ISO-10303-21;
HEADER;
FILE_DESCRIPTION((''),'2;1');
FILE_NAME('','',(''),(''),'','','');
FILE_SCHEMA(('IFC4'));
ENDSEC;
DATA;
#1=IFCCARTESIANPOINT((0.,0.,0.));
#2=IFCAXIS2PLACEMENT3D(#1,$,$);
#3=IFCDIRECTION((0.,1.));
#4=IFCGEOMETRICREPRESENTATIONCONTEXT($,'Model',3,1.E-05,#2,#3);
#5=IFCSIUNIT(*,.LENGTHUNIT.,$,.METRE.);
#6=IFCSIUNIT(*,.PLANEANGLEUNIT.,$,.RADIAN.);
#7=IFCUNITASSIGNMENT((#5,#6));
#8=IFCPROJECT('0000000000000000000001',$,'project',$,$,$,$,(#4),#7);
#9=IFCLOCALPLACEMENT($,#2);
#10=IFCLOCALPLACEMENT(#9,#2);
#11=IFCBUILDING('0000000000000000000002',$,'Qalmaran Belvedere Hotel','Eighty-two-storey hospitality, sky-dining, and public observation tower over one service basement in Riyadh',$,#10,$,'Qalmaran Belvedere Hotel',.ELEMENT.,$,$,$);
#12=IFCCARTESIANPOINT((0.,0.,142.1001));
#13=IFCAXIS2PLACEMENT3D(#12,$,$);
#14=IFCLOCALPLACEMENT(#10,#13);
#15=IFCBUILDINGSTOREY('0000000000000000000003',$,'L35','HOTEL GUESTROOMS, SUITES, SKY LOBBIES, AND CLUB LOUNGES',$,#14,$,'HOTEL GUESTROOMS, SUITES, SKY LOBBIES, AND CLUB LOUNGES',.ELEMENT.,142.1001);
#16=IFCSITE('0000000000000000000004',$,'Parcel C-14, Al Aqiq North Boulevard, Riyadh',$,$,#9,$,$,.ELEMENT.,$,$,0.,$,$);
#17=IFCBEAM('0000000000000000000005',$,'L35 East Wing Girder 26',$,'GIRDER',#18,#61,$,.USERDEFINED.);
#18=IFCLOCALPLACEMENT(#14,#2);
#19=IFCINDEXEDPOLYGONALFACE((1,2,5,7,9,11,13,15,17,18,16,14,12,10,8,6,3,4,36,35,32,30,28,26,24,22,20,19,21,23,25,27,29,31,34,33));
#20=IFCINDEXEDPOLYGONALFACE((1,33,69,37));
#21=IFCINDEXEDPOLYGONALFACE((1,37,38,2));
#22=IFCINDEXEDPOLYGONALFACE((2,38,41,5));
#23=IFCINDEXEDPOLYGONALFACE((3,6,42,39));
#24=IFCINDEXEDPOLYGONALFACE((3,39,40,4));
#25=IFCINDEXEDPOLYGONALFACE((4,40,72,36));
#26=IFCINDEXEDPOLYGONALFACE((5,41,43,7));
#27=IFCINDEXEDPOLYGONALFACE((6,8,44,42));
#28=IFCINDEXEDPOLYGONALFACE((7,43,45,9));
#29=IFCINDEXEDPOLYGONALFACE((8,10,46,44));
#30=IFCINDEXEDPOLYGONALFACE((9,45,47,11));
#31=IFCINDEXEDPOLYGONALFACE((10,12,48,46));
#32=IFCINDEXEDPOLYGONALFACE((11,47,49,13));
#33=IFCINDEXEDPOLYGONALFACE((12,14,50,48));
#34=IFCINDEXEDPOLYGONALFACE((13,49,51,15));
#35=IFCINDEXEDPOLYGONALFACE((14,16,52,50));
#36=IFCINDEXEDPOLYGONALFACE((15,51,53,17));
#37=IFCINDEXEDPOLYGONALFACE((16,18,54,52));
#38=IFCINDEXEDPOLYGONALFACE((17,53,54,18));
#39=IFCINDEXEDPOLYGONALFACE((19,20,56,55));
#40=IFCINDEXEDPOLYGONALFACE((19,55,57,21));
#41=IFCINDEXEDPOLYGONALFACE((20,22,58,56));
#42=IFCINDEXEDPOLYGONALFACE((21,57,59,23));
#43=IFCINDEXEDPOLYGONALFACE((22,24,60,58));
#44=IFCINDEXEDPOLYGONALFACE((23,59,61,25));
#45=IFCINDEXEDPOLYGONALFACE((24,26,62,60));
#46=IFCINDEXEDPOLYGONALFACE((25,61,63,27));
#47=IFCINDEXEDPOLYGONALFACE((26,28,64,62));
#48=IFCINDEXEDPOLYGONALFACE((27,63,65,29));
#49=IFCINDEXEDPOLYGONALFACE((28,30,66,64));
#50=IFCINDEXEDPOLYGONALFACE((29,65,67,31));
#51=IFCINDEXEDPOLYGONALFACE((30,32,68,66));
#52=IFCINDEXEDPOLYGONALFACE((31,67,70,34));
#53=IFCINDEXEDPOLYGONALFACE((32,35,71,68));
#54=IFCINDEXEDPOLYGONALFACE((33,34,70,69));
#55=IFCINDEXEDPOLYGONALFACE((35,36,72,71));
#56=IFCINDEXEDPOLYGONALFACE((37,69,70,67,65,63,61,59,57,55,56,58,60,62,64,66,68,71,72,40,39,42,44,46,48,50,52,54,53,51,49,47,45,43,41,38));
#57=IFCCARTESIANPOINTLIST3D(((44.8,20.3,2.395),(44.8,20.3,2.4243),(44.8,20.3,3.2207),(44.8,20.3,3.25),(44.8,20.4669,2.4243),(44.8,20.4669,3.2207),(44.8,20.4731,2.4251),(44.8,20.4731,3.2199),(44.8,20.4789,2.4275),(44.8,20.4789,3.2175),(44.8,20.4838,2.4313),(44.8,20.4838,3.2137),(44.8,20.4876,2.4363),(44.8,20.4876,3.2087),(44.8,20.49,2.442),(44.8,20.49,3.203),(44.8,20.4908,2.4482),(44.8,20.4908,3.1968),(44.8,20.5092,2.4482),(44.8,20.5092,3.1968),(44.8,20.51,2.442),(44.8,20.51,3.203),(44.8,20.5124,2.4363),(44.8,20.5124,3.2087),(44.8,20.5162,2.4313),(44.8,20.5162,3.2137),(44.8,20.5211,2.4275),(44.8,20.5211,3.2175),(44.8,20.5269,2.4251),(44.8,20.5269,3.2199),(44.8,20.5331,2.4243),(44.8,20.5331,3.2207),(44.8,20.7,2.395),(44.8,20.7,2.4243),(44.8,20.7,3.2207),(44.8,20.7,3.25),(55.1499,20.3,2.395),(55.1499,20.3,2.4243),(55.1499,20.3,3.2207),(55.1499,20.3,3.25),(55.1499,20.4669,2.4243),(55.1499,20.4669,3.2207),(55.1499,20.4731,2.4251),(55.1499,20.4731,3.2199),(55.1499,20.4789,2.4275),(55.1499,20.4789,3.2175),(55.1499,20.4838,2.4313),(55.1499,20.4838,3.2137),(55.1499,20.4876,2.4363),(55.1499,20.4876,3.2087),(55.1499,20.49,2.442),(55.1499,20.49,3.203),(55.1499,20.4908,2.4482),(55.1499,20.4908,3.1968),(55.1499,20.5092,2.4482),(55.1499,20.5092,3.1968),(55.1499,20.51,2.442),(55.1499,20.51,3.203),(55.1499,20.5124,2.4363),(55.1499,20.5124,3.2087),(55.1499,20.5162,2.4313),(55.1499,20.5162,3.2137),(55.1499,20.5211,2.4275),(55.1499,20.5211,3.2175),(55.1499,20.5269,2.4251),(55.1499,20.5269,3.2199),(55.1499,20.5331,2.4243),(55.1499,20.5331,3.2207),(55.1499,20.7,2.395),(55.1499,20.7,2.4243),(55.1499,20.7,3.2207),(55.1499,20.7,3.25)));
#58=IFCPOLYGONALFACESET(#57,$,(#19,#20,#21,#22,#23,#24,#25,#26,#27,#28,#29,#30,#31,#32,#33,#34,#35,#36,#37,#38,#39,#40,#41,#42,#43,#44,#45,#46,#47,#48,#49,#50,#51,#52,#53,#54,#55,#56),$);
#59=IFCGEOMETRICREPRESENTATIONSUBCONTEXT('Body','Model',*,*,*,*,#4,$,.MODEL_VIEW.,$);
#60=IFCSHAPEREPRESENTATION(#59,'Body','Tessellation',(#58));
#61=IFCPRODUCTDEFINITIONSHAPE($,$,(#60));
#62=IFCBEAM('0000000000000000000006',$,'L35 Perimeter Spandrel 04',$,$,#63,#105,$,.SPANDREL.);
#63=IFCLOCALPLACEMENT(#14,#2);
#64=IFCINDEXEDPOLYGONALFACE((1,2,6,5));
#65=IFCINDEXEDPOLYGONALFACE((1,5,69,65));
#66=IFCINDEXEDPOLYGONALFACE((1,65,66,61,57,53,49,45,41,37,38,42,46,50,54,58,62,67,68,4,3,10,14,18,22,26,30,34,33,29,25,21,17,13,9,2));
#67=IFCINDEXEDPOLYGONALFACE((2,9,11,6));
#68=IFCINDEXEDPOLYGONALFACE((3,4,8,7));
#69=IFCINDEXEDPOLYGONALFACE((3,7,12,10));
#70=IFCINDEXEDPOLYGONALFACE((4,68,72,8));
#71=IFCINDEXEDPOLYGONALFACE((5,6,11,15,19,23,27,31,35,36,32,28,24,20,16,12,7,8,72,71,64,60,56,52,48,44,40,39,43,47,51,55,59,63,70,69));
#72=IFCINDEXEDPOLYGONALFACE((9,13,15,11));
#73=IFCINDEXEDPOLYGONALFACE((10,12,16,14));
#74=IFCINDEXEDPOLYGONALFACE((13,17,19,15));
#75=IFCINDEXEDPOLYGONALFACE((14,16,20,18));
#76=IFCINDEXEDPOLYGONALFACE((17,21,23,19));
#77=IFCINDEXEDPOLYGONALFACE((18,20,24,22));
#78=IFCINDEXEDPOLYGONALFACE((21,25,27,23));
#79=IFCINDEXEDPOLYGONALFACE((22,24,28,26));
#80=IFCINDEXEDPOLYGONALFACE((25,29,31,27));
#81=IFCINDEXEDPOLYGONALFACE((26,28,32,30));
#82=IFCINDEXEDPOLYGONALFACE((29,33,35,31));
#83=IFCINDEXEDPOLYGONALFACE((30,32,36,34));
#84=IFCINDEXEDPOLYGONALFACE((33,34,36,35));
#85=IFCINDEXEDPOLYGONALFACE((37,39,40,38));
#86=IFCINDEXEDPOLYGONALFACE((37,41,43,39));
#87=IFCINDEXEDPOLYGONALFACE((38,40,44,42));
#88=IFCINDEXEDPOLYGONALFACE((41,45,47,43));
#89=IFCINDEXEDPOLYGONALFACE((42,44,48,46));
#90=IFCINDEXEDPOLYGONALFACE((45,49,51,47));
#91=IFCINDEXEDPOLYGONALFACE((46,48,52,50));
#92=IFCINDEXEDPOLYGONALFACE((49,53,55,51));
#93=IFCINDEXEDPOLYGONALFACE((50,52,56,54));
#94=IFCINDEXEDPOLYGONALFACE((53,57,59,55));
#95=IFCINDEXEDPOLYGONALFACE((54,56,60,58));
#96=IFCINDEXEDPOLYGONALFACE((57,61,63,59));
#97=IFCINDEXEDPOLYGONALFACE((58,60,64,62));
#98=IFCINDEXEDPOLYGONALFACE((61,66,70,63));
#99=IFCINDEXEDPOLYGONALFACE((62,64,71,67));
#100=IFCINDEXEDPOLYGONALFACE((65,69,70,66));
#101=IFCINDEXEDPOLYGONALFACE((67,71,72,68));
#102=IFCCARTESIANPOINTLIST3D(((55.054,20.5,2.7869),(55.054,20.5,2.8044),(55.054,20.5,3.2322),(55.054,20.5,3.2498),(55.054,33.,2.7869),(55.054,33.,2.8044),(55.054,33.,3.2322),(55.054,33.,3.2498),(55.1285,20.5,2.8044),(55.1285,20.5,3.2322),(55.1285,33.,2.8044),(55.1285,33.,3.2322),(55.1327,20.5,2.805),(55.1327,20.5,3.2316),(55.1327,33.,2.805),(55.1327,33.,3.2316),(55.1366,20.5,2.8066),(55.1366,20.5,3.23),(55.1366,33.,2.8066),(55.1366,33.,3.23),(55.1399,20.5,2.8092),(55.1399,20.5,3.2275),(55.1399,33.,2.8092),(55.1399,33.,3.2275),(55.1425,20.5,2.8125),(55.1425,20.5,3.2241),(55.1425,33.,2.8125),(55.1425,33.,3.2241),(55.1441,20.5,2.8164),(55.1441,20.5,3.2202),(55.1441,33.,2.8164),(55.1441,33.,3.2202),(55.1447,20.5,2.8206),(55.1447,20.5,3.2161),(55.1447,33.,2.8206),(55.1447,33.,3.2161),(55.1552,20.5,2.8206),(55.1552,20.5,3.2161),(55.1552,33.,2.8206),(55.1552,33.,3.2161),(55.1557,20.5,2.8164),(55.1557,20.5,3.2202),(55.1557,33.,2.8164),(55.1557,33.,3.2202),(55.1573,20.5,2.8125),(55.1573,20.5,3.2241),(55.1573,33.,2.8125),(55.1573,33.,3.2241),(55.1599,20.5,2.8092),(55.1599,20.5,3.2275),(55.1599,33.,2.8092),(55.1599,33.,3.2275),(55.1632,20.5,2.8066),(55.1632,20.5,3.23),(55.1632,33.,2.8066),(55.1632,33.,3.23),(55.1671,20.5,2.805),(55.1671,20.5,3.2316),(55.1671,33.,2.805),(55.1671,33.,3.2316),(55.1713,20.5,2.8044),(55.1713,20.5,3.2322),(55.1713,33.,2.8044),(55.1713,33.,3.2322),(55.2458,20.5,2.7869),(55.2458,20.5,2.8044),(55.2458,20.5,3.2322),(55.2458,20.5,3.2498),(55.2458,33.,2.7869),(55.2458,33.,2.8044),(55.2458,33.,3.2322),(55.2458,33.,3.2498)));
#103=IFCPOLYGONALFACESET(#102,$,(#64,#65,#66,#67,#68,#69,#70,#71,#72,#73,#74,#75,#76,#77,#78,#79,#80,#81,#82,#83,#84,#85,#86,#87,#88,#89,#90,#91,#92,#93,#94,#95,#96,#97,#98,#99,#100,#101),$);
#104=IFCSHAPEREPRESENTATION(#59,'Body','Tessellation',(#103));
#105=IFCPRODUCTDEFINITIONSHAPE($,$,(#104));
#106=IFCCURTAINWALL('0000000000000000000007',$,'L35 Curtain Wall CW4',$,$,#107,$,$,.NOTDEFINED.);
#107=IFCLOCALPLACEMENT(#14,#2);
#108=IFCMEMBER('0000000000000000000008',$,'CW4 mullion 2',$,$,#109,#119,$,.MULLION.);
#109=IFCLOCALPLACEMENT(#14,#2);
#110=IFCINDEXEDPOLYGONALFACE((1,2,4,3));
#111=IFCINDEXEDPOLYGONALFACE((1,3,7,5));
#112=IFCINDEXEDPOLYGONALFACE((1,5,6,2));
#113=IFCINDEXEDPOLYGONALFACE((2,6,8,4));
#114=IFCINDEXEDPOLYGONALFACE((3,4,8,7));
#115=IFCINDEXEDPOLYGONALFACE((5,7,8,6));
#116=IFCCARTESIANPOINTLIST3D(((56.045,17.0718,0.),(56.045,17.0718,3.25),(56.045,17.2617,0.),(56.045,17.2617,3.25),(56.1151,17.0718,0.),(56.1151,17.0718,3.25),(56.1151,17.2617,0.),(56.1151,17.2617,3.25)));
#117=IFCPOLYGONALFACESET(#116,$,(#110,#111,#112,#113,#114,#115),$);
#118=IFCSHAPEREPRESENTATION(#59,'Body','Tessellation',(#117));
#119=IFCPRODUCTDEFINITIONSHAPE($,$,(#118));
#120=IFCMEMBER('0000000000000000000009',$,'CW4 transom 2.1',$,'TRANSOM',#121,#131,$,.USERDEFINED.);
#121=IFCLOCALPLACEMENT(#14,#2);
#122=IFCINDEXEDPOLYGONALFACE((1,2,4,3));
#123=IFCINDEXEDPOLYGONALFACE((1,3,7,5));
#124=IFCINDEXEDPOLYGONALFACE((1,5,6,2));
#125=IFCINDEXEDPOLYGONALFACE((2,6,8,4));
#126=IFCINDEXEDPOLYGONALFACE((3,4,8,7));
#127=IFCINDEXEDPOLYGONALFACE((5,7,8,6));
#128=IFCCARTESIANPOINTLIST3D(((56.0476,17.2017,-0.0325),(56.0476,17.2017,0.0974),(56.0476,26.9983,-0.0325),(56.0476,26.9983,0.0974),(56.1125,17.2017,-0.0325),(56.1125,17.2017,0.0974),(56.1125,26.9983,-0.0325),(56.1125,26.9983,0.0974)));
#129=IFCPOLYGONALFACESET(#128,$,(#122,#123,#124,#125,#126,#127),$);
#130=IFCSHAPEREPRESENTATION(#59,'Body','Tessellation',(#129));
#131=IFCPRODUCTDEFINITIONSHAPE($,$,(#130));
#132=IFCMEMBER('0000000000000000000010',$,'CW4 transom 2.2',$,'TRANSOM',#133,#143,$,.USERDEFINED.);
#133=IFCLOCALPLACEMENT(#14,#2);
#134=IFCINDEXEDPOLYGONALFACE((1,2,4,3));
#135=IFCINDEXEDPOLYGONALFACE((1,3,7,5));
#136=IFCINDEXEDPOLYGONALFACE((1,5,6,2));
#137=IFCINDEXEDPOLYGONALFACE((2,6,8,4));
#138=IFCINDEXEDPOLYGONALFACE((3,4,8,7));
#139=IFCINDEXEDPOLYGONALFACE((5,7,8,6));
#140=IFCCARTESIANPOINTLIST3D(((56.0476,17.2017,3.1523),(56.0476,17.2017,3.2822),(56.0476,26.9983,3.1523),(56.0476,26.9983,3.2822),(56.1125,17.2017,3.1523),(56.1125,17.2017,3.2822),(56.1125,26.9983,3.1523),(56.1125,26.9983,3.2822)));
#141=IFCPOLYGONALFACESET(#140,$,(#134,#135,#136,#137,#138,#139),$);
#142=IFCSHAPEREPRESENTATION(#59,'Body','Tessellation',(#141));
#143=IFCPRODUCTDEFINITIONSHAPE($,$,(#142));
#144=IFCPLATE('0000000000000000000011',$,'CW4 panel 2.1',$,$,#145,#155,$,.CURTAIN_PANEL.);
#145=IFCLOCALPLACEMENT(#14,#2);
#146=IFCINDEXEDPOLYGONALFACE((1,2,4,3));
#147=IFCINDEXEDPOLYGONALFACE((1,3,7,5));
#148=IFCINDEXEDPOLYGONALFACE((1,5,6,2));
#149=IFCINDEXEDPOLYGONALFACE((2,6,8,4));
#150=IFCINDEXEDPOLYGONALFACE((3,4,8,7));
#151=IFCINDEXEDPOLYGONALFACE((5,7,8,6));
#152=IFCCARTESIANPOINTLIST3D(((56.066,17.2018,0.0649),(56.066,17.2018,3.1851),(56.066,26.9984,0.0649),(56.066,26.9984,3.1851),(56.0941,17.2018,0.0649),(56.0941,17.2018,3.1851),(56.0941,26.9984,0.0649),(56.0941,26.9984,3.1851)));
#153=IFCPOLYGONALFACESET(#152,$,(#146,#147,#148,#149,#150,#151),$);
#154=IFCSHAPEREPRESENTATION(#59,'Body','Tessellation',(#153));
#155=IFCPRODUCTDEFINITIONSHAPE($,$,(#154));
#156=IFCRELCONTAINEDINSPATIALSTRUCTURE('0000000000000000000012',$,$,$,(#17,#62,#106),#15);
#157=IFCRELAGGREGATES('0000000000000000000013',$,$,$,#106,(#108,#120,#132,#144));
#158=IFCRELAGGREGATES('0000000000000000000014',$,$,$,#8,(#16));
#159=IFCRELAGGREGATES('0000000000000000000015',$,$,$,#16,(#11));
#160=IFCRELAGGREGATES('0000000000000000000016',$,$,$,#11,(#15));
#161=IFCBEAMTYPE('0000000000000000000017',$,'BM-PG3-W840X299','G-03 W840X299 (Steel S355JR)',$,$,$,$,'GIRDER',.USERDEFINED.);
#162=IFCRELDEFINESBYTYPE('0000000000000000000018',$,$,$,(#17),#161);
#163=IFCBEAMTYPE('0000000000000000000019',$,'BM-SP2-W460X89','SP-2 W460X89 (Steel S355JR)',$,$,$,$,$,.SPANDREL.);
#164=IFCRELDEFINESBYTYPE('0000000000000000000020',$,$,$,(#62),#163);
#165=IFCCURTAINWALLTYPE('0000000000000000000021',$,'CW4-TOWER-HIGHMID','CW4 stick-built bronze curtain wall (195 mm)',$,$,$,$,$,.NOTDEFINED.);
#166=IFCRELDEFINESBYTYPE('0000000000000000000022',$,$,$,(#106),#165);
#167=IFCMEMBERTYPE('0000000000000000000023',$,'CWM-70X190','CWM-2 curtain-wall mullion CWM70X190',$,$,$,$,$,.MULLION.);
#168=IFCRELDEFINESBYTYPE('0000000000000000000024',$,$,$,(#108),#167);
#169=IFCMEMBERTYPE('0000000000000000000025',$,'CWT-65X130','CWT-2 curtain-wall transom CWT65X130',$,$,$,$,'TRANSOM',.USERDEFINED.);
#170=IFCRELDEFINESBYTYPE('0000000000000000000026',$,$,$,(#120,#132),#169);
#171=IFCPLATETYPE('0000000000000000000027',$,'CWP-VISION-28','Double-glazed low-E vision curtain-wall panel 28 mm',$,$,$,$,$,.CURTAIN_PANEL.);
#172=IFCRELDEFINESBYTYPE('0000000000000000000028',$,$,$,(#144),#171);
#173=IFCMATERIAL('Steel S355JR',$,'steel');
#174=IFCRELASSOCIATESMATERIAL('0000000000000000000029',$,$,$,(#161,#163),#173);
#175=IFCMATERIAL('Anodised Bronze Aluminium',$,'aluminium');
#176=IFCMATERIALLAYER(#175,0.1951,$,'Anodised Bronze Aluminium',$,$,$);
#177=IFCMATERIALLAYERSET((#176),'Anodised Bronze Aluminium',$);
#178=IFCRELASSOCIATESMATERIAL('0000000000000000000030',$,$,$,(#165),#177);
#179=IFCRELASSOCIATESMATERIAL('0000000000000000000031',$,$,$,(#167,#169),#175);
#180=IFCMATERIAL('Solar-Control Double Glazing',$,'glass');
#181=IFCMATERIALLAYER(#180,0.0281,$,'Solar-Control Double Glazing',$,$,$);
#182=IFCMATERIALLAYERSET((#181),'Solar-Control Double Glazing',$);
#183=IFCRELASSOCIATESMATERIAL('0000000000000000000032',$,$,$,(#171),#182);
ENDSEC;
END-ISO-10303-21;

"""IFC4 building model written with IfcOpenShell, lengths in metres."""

from ifc_helpers import new_model, si_unit, direction, frame, origin, origin_2d, place, context, subcontext, project, spatial, rectangle, i_section, extrude, material, layer, layer_set, material_profile, profile_set, type_object, element, aggregate, save


model = new_model("IFC4")

# Units and contexts
model_context = context("Model", 3, precision=1e-05, world=origin(), true_north=direction((0.0, 1.0)))
body_context = subcontext(model_context, "Body", "Model", "MODEL_VIEW")
ifc_project = project(units=[si_unit("LENGTHUNIT", "METRE"), si_unit("PLANEANGLEUNIT", "RADIAN")], contexts=[model_context])

# Site, building, storey
site_placement = place(None, origin())
site = spatial("IfcSite", under=ifc_project, at=site_placement, Name="Parcel C-14, Al Aqiq North Boulevard, Riyadh", CompositionType="ELEMENT", RefElevation=0.0)
building_placement = place(site_placement, origin())
building = spatial("IfcBuilding", under=site, at=building_placement, Name="Qalmaran Belvedere Hotel", Description="Eighty-two-storey hospitality, sky-dining, and public observation tower over one service basement in Riyadh", LongName="Qalmaran Belvedere Hotel", CompositionType="ELEMENT")
storey_placement = place(building_placement, frame((0.0, 0.0, 142.1001)))
storey = spatial("IfcBuildingStorey", under=building, at=storey_placement, Name="L35", Description="HOTEL GUESTROOMS, SUITES, SKY LOBBIES, AND CLUB LOUNGES", LongName="HOTEL GUESTROOMS, SUITES, SKY LOBBIES, AND CLUB LOUNGES", CompositionType="ELEMENT", Elevation=142.1001)

# Beams
ifc_material_1 = material(Name="Steel S355JR", Category="steel")
ifc_material_profile_1 = material_profile(ifc_material_1, i_section(OverallWidth=0.3999, OverallDepth=0.855, WebThickness=0.0183, FlangeThickness=0.0293, FilletRadius=0.0239, at=origin_2d()), Name="W840X299")
ifc_profile_set_1 = profile_set([ifc_material_profile_1], Name="Steel S355JR")
beam_type_1 = type_object("IfcBeamType", Name="BM-PG3-W840X299", Description="G-03 W840X299 (Steel S355JR)", ElementType="GIRDER", PredefinedType="USERDEFINED", material=ifc_profile_set_1)
beam_1_placement = place(storey_placement, frame((44.8, 20.5, 2.8225), z_axis=(1.0, 0.0, 0.0), x_axis=(0.0, 1.0, 0.0)))
element("IfcBeam", 1, at=beam_1_placement, inside=storey, type_object=beam_type_1, Name="L35 East Wing Girder 26", ObjectType="GIRDER", PredefinedType="USERDEFINED", context=body_context, shape_type="SweptSolid", body=[
    extrude(i_section(OverallWidth=0.3999, OverallDepth=0.855, WebThickness=0.0183, FlangeThickness=0.0293, FilletRadius=0.0239, at=origin_2d()), origin(), (0.0, 0.0, 1.0), 10.3499),
])
ifc_material_profile_2 = material_profile(ifc_material_1, i_section(OverallWidth=0.1919, OverallDepth=0.4629, WebThickness=0.0105, FlangeThickness=0.0176, FilletRadius=0.0161, at=origin_2d()), Name="W460X89")
ifc_profile_set_2 = profile_set([ifc_material_profile_2], Name="Steel S355JR")
beam_type_2 = type_object("IfcBeamType", Name="BM-SP2-W460X89", Description="SP-2 W460X89 (Steel S355JR)", PredefinedType="SPANDREL", material=ifc_profile_set_2)
beam_2_placement = place(storey_placement, frame((55.1499, 20.5, 3.0183), z_axis=(0.0, 1.0, 0.0), x_axis=(-1.0, 0.0, 0.0)))
element("IfcBeam", 2, at=beam_2_placement, inside=storey, type_object=beam_type_2, Name="L35 Perimeter Spandrel 04", PredefinedType="SPANDREL", context=body_context, shape_type="SweptSolid", body=[
    extrude(i_section(OverallWidth=0.1919, OverallDepth=0.4629, WebThickness=0.0105, FlangeThickness=0.0176, FilletRadius=0.0161, at=origin_2d()), origin(), (0.0, 0.0, 1.0), 12.5),
])

# Curtain wall, members, plate
ifc_material_2 = material(Name="Anodised Bronze Aluminium", Category="aluminium")
ifc_layer_1 = layer(ifc_material_2, 0.1951, Name="Anodised Bronze Aluminium")
ifc_layer_set_1 = layer_set([ifc_layer_1], Name="Anodised Bronze Aluminium")
curtain_wall_type = type_object("IfcCurtainWallType", Name="CW4-TOWER-HIGHMID", Description="CW4 stick-built bronze curtain wall (195 mm)", PredefinedType="NOTDEFINED", material=ifc_layer_set_1)
curtain_wall_placement = place(storey_placement, origin())
curtain_wall = element("IfcCurtainWall", 3, at=curtain_wall_placement, inside=storey, type_object=curtain_wall_type, Name="L35 Curtain Wall CW4", PredefinedType="NOTDEFINED")
ifc_material_profile_3 = material_profile(ifc_material_2, rectangle(XDim=0.0701, YDim=0.1899, at=origin_2d()), Name="CWM70X190")
ifc_profile_set_3 = profile_set([ifc_material_profile_3], Name="Anodised Bronze Aluminium")
member_type_1 = type_object("IfcMemberType", Name="CWM-70X190", Description="CWM-2 curtain-wall mullion CWM70X190", PredefinedType="MULLION", material=ifc_profile_set_3)
member_1_placement = place(storey_placement, frame((56.0801, 17.1667, 0.0), z_axis=(0.0, 0.0, 1.0), x_axis=(-1.0, 0.0, 0.0)))
member_1 = element("IfcMember", 4, at=member_1_placement, type_object=member_type_1, Name="CW4 mullion 2", PredefinedType="MULLION", context=body_context, shape_type="SweptSolid", body=[
    extrude(rectangle(XDim=0.0701, YDim=0.1899, at=origin_2d()), origin(), (0.0, 0.0, 1.0), 3.25),
])
ifc_material_profile_4 = material_profile(ifc_material_2, rectangle(XDim=0.0649, YDim=0.1299, at=origin_2d()), Name="CWT65X130")
ifc_profile_set_4 = profile_set([ifc_material_profile_4], Name="Anodised Bronze Aluminium")
member_type_2 = type_object("IfcMemberType", Name="CWT-65X130", Description="CWT-2 curtain-wall transom CWT65X130", ElementType="TRANSOM", PredefinedType="USERDEFINED", material=ifc_profile_set_4)
member_2_placement = place(storey_placement, frame((56.0801, 17.2017, 0.0325), z_axis=(0.0, 1.0, 0.0), x_axis=(-1.0, 0.0, 0.0)))
member_2 = element("IfcMember", 5, at=member_2_placement, type_object=member_type_2, Name="CW4 transom 2.1", ObjectType="TRANSOM", PredefinedType="USERDEFINED", context=body_context, shape_type="SweptSolid", body=[
    extrude(rectangle(XDim=0.0649, YDim=0.1299, at=origin_2d()), origin(), (0.0, 0.0, 1.0), 9.7966),
])
member_3_placement = place(storey_placement, frame((56.0801, 17.2017, 3.2173), z_axis=(0.0, 1.0, 0.0), x_axis=(-1.0, 0.0, 0.0)))
member_3 = element("IfcMember", 6, at=member_3_placement, type_object=member_type_2, Name="CW4 transom 2.2", ObjectType="TRANSOM", PredefinedType="USERDEFINED", context=body_context, shape_type="SweptSolid", body=[
    extrude(rectangle(XDim=0.0649, YDim=0.1299, at=origin_2d()), origin(), (0.0, 0.0, 1.0), 9.7966),
])
ifc_material_3 = material(Name="Solar-Control Double Glazing", Category="glass")
ifc_layer_2 = layer(ifc_material_3, 0.0281, Name="Solar-Control Double Glazing")
ifc_layer_set_2 = layer_set([ifc_layer_2], Name="Solar-Control Double Glazing")
plate_type = type_object("IfcPlateType", Name="CWP-VISION-28", Description="Double-glazed low-E vision curtain-wall panel 28 mm", PredefinedType="CURTAIN_PANEL", material=ifc_layer_set_2)
plate_placement = place(storey_placement, frame((56.0801, 22.1001, 0.0649), z_axis=(0.0, 0.0, 1.0), x_axis=(0.0, 1.0, 0.0)))
plate = element("IfcPlate", 7, at=plate_placement, type_object=plate_type, Name="CW4 panel 2.1", PredefinedType="CURTAIN_PANEL", context=body_context, shape_type="SweptSolid", body=[
    extrude(rectangle(XDim=9.7966, YDim=0.0281, at=origin_2d()), origin(), (0.0, 0.0, 1.0), 3.1201),
])
aggregate(curtain_wall, [member_1, member_2, member_3, plate])

save(model, "model.ifc")
